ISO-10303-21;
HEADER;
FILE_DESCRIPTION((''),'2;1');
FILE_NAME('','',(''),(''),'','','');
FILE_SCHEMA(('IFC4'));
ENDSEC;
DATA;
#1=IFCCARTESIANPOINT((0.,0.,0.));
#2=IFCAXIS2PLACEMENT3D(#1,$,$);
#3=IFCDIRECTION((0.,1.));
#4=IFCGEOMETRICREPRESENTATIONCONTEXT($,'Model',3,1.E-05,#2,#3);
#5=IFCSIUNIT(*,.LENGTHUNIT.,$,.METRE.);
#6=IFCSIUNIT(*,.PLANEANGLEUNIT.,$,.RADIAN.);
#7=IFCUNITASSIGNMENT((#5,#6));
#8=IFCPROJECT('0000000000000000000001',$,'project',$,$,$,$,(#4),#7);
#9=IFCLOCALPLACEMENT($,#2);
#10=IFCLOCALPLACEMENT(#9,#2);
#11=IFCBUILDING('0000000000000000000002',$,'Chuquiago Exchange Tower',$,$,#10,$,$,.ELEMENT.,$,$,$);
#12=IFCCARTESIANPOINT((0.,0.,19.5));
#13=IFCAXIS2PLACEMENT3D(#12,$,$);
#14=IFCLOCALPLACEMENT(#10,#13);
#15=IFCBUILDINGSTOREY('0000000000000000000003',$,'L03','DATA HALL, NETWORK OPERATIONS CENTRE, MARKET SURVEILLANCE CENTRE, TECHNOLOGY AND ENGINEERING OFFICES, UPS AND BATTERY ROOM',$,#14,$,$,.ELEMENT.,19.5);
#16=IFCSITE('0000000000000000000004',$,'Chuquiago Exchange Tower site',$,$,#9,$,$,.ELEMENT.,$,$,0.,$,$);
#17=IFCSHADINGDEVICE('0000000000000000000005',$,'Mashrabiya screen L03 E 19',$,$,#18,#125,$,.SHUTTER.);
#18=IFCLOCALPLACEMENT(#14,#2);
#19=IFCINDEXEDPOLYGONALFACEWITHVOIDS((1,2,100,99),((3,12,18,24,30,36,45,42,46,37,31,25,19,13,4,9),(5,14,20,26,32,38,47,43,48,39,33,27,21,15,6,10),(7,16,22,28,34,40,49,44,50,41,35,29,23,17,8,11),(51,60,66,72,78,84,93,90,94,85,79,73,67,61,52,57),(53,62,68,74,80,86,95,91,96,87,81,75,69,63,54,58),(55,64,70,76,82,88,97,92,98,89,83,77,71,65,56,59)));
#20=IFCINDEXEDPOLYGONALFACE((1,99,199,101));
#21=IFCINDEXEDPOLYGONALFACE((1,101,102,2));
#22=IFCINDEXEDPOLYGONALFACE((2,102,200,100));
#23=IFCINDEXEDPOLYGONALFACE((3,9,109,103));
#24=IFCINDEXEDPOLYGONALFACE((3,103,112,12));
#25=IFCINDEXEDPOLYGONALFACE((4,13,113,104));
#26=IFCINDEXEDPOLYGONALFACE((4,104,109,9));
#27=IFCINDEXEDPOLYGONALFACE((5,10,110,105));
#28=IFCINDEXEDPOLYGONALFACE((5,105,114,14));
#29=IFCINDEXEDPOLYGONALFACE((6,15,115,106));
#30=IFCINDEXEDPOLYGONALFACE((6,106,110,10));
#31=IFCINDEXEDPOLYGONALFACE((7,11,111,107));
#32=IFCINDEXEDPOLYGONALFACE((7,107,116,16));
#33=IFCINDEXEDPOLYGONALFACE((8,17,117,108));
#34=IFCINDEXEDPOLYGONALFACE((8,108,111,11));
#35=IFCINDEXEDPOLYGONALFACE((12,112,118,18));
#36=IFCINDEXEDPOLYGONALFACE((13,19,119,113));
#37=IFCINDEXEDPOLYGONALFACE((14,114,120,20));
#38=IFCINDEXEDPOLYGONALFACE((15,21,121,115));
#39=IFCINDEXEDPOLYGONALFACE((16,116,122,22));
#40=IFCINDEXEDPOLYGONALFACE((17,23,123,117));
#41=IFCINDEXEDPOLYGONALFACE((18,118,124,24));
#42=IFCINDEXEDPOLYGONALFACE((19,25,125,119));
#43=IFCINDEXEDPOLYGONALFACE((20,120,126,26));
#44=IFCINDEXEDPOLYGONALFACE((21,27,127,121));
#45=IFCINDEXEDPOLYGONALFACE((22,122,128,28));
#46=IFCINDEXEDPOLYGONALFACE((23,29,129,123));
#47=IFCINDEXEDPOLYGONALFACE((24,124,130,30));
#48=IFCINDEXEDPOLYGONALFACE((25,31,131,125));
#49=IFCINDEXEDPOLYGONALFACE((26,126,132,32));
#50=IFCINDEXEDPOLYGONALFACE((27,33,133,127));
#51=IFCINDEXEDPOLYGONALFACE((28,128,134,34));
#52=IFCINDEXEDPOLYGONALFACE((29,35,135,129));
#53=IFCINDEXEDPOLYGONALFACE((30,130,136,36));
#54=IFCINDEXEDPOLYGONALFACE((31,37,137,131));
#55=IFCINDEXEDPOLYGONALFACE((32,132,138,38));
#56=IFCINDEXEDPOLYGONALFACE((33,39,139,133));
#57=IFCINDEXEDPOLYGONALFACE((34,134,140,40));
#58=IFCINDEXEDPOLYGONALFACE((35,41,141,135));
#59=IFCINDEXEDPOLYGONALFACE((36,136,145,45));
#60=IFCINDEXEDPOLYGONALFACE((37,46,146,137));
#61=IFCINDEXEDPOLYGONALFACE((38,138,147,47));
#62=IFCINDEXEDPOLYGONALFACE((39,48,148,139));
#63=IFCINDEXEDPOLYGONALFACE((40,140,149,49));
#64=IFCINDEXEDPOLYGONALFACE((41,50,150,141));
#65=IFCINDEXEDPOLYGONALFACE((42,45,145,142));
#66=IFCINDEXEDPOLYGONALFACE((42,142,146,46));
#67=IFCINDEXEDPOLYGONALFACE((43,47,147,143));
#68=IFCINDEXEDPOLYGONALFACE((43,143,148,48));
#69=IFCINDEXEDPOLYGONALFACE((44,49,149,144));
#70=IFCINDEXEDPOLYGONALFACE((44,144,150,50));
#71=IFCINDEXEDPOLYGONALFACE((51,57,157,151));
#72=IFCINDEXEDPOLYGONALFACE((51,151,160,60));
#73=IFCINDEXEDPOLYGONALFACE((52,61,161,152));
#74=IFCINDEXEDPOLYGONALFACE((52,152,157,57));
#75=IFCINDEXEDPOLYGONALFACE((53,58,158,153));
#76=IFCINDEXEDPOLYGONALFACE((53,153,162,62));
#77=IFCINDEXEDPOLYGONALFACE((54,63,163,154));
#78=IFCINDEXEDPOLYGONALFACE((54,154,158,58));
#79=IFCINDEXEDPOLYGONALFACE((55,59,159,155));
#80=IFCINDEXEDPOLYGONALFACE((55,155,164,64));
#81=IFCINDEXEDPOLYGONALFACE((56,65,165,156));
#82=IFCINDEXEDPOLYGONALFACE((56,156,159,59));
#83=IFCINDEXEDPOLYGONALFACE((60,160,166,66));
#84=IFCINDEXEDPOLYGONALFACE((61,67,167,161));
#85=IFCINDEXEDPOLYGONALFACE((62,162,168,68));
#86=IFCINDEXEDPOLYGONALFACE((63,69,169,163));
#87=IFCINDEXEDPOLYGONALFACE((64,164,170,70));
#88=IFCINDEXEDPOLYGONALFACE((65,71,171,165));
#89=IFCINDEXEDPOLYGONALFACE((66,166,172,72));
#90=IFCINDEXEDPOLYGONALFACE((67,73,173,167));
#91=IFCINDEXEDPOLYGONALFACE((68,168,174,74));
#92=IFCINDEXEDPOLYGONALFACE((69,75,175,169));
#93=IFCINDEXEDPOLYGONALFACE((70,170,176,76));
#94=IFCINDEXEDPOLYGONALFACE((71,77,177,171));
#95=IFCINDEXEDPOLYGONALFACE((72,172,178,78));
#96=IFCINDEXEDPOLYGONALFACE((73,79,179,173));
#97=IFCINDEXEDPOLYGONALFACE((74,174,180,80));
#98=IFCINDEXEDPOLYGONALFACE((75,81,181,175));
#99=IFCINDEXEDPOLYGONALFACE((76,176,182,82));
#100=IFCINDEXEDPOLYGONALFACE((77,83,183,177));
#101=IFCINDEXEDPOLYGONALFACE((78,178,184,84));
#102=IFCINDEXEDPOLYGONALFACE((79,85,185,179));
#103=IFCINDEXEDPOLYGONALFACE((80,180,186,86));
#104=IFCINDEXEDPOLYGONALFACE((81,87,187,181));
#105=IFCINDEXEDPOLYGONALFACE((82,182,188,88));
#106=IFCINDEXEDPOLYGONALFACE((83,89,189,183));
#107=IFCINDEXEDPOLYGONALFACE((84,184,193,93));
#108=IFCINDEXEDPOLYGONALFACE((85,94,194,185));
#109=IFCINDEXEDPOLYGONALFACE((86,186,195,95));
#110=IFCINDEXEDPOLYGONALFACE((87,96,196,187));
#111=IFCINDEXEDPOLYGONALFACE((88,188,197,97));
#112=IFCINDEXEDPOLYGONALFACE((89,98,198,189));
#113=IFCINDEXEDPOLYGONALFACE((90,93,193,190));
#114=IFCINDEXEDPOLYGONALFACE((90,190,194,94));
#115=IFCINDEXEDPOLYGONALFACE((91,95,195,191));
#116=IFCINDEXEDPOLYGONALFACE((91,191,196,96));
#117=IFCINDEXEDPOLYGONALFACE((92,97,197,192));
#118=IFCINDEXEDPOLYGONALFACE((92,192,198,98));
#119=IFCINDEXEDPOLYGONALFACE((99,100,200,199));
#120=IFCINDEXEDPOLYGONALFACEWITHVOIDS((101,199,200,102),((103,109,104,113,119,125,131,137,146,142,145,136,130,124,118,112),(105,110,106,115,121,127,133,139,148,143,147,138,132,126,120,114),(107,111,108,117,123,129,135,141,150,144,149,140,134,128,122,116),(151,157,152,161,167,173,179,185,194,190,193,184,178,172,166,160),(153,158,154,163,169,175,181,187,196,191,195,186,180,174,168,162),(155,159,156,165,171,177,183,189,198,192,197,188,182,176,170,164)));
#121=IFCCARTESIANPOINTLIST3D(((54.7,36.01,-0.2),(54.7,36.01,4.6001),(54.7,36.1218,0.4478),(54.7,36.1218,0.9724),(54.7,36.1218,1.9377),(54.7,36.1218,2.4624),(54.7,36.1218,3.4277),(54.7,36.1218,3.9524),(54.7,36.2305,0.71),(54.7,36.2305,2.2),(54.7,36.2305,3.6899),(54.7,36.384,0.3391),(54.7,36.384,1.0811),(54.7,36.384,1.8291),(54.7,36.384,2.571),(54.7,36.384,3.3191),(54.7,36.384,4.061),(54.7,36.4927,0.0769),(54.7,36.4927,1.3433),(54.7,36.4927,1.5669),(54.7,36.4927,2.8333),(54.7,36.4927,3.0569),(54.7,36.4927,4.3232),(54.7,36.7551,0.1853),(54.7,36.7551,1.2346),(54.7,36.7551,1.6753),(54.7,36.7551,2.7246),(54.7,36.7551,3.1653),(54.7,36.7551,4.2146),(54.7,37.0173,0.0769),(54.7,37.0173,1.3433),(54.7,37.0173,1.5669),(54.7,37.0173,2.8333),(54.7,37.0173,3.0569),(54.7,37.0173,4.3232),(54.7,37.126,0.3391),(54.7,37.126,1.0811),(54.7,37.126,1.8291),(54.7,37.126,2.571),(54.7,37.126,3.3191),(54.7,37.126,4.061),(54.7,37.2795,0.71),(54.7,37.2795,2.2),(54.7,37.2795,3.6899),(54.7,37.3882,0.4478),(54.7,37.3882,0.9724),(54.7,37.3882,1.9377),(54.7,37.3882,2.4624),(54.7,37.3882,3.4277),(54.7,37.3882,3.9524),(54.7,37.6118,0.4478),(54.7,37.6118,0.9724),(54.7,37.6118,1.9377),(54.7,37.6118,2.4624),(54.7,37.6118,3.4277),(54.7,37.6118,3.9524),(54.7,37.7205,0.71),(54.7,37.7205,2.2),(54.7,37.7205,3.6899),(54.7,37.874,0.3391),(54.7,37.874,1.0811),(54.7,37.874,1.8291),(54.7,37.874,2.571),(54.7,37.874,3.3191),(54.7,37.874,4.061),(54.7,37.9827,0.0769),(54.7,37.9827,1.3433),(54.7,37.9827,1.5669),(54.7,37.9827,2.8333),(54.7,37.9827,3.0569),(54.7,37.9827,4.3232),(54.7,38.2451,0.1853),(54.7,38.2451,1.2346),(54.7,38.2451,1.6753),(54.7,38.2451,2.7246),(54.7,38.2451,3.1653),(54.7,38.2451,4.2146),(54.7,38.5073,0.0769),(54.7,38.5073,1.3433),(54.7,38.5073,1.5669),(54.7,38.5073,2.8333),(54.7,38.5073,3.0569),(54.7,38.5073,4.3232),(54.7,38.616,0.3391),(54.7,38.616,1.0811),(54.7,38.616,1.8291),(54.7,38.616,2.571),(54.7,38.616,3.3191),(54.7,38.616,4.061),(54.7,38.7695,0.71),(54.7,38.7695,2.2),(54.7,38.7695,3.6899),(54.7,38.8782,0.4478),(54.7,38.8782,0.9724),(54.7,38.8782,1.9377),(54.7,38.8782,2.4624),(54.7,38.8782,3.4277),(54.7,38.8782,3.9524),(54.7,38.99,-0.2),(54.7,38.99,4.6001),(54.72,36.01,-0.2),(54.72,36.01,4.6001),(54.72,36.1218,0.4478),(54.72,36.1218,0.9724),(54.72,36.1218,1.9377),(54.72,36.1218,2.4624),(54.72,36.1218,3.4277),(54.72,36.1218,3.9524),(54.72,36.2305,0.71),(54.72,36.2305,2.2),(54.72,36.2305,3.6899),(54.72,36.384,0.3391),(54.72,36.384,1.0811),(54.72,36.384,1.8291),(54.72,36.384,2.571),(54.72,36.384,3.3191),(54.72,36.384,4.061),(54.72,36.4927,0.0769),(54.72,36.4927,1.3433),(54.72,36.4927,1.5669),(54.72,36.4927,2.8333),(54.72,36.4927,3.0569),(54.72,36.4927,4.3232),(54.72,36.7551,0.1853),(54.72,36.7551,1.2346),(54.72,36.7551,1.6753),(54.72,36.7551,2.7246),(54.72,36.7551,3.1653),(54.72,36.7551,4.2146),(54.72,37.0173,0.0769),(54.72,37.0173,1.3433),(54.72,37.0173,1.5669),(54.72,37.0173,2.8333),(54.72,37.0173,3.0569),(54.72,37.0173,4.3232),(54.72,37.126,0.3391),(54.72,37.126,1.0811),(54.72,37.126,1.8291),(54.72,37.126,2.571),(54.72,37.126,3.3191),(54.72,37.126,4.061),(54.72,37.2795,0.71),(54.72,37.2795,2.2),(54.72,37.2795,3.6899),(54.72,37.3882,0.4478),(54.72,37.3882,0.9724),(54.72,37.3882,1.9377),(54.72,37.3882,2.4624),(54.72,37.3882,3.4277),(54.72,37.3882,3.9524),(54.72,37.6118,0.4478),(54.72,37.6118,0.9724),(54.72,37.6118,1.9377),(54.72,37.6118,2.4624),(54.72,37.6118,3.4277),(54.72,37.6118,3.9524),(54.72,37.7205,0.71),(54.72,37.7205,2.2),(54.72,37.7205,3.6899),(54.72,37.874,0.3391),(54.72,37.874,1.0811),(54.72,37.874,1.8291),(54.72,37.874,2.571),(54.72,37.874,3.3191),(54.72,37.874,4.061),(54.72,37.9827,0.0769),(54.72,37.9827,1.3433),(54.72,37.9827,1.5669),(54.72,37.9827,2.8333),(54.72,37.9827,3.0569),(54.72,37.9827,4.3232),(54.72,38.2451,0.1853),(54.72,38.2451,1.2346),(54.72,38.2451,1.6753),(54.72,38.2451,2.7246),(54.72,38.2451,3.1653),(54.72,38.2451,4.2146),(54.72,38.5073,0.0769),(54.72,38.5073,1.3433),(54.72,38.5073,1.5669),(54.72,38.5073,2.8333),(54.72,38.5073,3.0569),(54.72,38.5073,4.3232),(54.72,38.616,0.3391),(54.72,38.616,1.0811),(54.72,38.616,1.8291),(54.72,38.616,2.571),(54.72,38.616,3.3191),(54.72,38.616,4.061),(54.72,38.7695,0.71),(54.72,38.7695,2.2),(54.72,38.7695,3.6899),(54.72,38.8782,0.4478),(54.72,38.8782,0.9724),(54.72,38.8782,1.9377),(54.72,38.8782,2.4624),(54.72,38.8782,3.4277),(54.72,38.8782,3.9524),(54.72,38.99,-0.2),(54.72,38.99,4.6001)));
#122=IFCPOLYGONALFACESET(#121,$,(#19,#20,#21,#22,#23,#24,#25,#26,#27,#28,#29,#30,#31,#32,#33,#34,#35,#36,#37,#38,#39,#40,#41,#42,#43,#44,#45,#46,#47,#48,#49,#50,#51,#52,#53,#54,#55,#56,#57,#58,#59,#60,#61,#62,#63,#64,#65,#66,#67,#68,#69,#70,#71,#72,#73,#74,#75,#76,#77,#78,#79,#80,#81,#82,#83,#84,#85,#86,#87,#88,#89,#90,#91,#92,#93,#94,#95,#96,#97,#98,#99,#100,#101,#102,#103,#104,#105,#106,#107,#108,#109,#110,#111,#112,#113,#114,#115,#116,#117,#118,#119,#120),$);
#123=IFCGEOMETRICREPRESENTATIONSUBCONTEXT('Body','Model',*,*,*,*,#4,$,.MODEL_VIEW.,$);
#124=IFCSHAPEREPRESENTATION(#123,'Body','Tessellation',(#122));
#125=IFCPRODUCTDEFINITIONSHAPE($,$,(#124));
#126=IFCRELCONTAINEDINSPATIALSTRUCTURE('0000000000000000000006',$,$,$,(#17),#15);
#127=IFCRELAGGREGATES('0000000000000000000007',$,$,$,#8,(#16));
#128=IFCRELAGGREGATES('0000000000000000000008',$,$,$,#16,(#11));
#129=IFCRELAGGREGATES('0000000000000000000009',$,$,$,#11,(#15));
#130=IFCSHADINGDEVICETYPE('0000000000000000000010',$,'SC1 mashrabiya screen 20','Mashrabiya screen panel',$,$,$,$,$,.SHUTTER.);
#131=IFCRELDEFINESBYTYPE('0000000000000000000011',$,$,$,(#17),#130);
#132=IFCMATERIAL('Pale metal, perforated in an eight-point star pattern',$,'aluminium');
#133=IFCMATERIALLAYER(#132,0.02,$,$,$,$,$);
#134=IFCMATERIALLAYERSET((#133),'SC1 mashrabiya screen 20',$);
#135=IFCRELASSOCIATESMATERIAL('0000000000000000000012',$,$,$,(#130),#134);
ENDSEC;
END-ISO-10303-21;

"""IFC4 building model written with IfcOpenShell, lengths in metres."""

from ifc_helpers import new_model, si_unit, direction, frame, origin, place, context, subcontext, project, spatial, polyline, outline, extrude, material, layer, layer_set, type_object, element, save


model = new_model("IFC4")

# Units and contexts
model_context = context("Model", 3, precision=1e-05, world=origin(), true_north=direction((0.0, 1.0)))
body_context = subcontext(model_context, "Body", "Model", "MODEL_VIEW")
ifc_project = project(units=[si_unit("LENGTHUNIT", "METRE"), si_unit("PLANEANGLEUNIT", "RADIAN")], contexts=[model_context])

# Site, building, storey
site_placement = place(None, origin())
site = spatial("IfcSite", under=ifc_project, at=site_placement, Name="Chuquiago Exchange Tower site", CompositionType="ELEMENT", RefElevation=0.0)
building_placement = place(site_placement, origin())
building = spatial("IfcBuilding", under=site, at=building_placement, Name="Chuquiago Exchange Tower", CompositionType="ELEMENT")
storey_placement = place(building_placement, frame((0.0, 0.0, 19.5)))
storey = spatial("IfcBuildingStorey", under=building, at=storey_placement, Name="L03", Description="DATA HALL, NETWORK OPERATIONS CENTRE, MARKET SURVEILLANCE CENTRE, TECHNOLOGY AND ENGINEERING OFFICES, UPS AND BATTERY ROOM", CompositionType="ELEMENT", Elevation=19.5)

# Shading device
ifc_material_1 = material(Name="Pale metal, perforated in an eight-point star pattern", Category="aluminium")
ifc_layer_1 = layer(ifc_material_1, 0.02)
ifc_layer_set_1 = layer_set([ifc_layer_1], Name="SC1 mashrabiya screen 20")
shading_device_type = type_object("IfcShadingDeviceType", Name="SC1 mashrabiya screen 20", Description="Mashrabiya screen panel", PredefinedType="SHUTTER", material=ifc_layer_set_1)
shading_device_1_placement = place(storey_placement, frame((54.7, 36.01, -0.2), z_axis=(0.0, 0.0, 1.0), x_axis=(0.0, 1.0, 0.0)))
element("IfcShadingDevice", 1, at=shading_device_1_placement, inside=storey, type_object=shading_device_type, Name="Mashrabiya screen L03 E 19", PredefinedType="SHUTTER", context=body_context, shape_type="SweptSolid", body=[
    extrude(outline(polyline([(0.0, 0.0), (2.98, 0.0), (2.98, 4.8), (0.0, 4.8), (0.0, 0.0)]), holes=[polyline([(1.2695, 0.9099), (1.3782, 1.1724), (1.116, 1.281), (1.0073, 1.5432), (0.7451, 1.4346), (0.4827, 1.5432), (0.374, 1.281), (0.1118, 1.1724), (0.2205, 0.9099), (0.1118, 0.6477), (0.374, 0.5391), (0.4827, 0.2769), (0.7451, 0.3853), (1.0073, 0.2769), (1.116, 0.5391), (1.3782, 0.6477), (1.2695, 0.9099)]), polyline([(2.7595, 0.9099), (2.8682, 1.1724), (2.606, 1.281), (2.4973, 1.5432), (2.2351, 1.4346), (1.9727, 1.5432), (1.864, 1.281), (1.6018, 1.1724), (1.7104, 0.9099), (1.6018, 0.6477), (1.864, 0.5391), (1.9727, 0.2769), (2.2351, 0.3853), (2.4973, 0.2769), (2.606, 0.5391), (2.8682, 0.6477), (2.7595, 0.9099)]), polyline([(1.2695, 2.3999), (1.3782, 2.6624), (1.116, 2.771), (1.0073, 3.0332), (0.7451, 2.9246), (0.4827, 3.0332), (0.374, 2.771), (0.1118, 2.6624), (0.2205, 2.3999), (0.1118, 2.1377), (0.374, 2.0291), (0.4827, 1.7668), (0.7451, 1.8752), (1.0073, 1.7668), (1.116, 2.0291), (1.3782, 2.1377), (1.2695, 2.3999)]), polyline([(2.7595, 2.3999), (2.8682, 2.6624), (2.606, 2.771), (2.4973, 3.0332), (2.2351, 2.9246), (1.9727, 3.0332), (1.864, 2.771), (1.6018, 2.6624), (1.7104, 2.3999), (1.6018, 2.1377), (1.864, 2.0291), (1.9727, 1.7668), (2.2351, 1.8752), (2.4973, 1.7668), (2.606, 2.0291), (2.8682, 2.1377), (2.7595, 2.3999)]), polyline([(1.2695, 3.8899), (1.3782, 4.1523), (1.116, 4.261), (1.0073, 4.5232), (0.7451, 4.4146), (0.4827, 4.5232), (0.374, 4.261), (0.1118, 4.1523), (0.2205, 3.8899), (0.1118, 3.6277), (0.374, 3.519), (0.4827, 3.2568), (0.7451, 3.3652), (1.0073, 3.2568), (1.116, 3.519), (1.3782, 3.6277), (1.2695, 3.8899)]), polyline([(2.7595, 3.8899), (2.8682, 4.1523), (2.606, 4.261), (2.4973, 4.5232), (2.2351, 4.4146), (1.9727, 4.5232), (1.864, 4.261), (1.6018, 4.1523), (1.7104, 3.8899), (1.6018, 3.6277), (1.864, 3.519), (1.9727, 3.2568), (2.2351, 3.3652), (2.4973, 3.2568), (2.606, 3.519), (2.8682, 3.6277), (2.7595, 3.8899)])]), frame((0.0, 0.0, 0.0), z_axis=(0.0, -1.0, 0.0), x_axis=(1.0, 0.0, 0.0)), (0.0, 0.0, 1.0), 0.02),
])

save(model, "model.ifc")
